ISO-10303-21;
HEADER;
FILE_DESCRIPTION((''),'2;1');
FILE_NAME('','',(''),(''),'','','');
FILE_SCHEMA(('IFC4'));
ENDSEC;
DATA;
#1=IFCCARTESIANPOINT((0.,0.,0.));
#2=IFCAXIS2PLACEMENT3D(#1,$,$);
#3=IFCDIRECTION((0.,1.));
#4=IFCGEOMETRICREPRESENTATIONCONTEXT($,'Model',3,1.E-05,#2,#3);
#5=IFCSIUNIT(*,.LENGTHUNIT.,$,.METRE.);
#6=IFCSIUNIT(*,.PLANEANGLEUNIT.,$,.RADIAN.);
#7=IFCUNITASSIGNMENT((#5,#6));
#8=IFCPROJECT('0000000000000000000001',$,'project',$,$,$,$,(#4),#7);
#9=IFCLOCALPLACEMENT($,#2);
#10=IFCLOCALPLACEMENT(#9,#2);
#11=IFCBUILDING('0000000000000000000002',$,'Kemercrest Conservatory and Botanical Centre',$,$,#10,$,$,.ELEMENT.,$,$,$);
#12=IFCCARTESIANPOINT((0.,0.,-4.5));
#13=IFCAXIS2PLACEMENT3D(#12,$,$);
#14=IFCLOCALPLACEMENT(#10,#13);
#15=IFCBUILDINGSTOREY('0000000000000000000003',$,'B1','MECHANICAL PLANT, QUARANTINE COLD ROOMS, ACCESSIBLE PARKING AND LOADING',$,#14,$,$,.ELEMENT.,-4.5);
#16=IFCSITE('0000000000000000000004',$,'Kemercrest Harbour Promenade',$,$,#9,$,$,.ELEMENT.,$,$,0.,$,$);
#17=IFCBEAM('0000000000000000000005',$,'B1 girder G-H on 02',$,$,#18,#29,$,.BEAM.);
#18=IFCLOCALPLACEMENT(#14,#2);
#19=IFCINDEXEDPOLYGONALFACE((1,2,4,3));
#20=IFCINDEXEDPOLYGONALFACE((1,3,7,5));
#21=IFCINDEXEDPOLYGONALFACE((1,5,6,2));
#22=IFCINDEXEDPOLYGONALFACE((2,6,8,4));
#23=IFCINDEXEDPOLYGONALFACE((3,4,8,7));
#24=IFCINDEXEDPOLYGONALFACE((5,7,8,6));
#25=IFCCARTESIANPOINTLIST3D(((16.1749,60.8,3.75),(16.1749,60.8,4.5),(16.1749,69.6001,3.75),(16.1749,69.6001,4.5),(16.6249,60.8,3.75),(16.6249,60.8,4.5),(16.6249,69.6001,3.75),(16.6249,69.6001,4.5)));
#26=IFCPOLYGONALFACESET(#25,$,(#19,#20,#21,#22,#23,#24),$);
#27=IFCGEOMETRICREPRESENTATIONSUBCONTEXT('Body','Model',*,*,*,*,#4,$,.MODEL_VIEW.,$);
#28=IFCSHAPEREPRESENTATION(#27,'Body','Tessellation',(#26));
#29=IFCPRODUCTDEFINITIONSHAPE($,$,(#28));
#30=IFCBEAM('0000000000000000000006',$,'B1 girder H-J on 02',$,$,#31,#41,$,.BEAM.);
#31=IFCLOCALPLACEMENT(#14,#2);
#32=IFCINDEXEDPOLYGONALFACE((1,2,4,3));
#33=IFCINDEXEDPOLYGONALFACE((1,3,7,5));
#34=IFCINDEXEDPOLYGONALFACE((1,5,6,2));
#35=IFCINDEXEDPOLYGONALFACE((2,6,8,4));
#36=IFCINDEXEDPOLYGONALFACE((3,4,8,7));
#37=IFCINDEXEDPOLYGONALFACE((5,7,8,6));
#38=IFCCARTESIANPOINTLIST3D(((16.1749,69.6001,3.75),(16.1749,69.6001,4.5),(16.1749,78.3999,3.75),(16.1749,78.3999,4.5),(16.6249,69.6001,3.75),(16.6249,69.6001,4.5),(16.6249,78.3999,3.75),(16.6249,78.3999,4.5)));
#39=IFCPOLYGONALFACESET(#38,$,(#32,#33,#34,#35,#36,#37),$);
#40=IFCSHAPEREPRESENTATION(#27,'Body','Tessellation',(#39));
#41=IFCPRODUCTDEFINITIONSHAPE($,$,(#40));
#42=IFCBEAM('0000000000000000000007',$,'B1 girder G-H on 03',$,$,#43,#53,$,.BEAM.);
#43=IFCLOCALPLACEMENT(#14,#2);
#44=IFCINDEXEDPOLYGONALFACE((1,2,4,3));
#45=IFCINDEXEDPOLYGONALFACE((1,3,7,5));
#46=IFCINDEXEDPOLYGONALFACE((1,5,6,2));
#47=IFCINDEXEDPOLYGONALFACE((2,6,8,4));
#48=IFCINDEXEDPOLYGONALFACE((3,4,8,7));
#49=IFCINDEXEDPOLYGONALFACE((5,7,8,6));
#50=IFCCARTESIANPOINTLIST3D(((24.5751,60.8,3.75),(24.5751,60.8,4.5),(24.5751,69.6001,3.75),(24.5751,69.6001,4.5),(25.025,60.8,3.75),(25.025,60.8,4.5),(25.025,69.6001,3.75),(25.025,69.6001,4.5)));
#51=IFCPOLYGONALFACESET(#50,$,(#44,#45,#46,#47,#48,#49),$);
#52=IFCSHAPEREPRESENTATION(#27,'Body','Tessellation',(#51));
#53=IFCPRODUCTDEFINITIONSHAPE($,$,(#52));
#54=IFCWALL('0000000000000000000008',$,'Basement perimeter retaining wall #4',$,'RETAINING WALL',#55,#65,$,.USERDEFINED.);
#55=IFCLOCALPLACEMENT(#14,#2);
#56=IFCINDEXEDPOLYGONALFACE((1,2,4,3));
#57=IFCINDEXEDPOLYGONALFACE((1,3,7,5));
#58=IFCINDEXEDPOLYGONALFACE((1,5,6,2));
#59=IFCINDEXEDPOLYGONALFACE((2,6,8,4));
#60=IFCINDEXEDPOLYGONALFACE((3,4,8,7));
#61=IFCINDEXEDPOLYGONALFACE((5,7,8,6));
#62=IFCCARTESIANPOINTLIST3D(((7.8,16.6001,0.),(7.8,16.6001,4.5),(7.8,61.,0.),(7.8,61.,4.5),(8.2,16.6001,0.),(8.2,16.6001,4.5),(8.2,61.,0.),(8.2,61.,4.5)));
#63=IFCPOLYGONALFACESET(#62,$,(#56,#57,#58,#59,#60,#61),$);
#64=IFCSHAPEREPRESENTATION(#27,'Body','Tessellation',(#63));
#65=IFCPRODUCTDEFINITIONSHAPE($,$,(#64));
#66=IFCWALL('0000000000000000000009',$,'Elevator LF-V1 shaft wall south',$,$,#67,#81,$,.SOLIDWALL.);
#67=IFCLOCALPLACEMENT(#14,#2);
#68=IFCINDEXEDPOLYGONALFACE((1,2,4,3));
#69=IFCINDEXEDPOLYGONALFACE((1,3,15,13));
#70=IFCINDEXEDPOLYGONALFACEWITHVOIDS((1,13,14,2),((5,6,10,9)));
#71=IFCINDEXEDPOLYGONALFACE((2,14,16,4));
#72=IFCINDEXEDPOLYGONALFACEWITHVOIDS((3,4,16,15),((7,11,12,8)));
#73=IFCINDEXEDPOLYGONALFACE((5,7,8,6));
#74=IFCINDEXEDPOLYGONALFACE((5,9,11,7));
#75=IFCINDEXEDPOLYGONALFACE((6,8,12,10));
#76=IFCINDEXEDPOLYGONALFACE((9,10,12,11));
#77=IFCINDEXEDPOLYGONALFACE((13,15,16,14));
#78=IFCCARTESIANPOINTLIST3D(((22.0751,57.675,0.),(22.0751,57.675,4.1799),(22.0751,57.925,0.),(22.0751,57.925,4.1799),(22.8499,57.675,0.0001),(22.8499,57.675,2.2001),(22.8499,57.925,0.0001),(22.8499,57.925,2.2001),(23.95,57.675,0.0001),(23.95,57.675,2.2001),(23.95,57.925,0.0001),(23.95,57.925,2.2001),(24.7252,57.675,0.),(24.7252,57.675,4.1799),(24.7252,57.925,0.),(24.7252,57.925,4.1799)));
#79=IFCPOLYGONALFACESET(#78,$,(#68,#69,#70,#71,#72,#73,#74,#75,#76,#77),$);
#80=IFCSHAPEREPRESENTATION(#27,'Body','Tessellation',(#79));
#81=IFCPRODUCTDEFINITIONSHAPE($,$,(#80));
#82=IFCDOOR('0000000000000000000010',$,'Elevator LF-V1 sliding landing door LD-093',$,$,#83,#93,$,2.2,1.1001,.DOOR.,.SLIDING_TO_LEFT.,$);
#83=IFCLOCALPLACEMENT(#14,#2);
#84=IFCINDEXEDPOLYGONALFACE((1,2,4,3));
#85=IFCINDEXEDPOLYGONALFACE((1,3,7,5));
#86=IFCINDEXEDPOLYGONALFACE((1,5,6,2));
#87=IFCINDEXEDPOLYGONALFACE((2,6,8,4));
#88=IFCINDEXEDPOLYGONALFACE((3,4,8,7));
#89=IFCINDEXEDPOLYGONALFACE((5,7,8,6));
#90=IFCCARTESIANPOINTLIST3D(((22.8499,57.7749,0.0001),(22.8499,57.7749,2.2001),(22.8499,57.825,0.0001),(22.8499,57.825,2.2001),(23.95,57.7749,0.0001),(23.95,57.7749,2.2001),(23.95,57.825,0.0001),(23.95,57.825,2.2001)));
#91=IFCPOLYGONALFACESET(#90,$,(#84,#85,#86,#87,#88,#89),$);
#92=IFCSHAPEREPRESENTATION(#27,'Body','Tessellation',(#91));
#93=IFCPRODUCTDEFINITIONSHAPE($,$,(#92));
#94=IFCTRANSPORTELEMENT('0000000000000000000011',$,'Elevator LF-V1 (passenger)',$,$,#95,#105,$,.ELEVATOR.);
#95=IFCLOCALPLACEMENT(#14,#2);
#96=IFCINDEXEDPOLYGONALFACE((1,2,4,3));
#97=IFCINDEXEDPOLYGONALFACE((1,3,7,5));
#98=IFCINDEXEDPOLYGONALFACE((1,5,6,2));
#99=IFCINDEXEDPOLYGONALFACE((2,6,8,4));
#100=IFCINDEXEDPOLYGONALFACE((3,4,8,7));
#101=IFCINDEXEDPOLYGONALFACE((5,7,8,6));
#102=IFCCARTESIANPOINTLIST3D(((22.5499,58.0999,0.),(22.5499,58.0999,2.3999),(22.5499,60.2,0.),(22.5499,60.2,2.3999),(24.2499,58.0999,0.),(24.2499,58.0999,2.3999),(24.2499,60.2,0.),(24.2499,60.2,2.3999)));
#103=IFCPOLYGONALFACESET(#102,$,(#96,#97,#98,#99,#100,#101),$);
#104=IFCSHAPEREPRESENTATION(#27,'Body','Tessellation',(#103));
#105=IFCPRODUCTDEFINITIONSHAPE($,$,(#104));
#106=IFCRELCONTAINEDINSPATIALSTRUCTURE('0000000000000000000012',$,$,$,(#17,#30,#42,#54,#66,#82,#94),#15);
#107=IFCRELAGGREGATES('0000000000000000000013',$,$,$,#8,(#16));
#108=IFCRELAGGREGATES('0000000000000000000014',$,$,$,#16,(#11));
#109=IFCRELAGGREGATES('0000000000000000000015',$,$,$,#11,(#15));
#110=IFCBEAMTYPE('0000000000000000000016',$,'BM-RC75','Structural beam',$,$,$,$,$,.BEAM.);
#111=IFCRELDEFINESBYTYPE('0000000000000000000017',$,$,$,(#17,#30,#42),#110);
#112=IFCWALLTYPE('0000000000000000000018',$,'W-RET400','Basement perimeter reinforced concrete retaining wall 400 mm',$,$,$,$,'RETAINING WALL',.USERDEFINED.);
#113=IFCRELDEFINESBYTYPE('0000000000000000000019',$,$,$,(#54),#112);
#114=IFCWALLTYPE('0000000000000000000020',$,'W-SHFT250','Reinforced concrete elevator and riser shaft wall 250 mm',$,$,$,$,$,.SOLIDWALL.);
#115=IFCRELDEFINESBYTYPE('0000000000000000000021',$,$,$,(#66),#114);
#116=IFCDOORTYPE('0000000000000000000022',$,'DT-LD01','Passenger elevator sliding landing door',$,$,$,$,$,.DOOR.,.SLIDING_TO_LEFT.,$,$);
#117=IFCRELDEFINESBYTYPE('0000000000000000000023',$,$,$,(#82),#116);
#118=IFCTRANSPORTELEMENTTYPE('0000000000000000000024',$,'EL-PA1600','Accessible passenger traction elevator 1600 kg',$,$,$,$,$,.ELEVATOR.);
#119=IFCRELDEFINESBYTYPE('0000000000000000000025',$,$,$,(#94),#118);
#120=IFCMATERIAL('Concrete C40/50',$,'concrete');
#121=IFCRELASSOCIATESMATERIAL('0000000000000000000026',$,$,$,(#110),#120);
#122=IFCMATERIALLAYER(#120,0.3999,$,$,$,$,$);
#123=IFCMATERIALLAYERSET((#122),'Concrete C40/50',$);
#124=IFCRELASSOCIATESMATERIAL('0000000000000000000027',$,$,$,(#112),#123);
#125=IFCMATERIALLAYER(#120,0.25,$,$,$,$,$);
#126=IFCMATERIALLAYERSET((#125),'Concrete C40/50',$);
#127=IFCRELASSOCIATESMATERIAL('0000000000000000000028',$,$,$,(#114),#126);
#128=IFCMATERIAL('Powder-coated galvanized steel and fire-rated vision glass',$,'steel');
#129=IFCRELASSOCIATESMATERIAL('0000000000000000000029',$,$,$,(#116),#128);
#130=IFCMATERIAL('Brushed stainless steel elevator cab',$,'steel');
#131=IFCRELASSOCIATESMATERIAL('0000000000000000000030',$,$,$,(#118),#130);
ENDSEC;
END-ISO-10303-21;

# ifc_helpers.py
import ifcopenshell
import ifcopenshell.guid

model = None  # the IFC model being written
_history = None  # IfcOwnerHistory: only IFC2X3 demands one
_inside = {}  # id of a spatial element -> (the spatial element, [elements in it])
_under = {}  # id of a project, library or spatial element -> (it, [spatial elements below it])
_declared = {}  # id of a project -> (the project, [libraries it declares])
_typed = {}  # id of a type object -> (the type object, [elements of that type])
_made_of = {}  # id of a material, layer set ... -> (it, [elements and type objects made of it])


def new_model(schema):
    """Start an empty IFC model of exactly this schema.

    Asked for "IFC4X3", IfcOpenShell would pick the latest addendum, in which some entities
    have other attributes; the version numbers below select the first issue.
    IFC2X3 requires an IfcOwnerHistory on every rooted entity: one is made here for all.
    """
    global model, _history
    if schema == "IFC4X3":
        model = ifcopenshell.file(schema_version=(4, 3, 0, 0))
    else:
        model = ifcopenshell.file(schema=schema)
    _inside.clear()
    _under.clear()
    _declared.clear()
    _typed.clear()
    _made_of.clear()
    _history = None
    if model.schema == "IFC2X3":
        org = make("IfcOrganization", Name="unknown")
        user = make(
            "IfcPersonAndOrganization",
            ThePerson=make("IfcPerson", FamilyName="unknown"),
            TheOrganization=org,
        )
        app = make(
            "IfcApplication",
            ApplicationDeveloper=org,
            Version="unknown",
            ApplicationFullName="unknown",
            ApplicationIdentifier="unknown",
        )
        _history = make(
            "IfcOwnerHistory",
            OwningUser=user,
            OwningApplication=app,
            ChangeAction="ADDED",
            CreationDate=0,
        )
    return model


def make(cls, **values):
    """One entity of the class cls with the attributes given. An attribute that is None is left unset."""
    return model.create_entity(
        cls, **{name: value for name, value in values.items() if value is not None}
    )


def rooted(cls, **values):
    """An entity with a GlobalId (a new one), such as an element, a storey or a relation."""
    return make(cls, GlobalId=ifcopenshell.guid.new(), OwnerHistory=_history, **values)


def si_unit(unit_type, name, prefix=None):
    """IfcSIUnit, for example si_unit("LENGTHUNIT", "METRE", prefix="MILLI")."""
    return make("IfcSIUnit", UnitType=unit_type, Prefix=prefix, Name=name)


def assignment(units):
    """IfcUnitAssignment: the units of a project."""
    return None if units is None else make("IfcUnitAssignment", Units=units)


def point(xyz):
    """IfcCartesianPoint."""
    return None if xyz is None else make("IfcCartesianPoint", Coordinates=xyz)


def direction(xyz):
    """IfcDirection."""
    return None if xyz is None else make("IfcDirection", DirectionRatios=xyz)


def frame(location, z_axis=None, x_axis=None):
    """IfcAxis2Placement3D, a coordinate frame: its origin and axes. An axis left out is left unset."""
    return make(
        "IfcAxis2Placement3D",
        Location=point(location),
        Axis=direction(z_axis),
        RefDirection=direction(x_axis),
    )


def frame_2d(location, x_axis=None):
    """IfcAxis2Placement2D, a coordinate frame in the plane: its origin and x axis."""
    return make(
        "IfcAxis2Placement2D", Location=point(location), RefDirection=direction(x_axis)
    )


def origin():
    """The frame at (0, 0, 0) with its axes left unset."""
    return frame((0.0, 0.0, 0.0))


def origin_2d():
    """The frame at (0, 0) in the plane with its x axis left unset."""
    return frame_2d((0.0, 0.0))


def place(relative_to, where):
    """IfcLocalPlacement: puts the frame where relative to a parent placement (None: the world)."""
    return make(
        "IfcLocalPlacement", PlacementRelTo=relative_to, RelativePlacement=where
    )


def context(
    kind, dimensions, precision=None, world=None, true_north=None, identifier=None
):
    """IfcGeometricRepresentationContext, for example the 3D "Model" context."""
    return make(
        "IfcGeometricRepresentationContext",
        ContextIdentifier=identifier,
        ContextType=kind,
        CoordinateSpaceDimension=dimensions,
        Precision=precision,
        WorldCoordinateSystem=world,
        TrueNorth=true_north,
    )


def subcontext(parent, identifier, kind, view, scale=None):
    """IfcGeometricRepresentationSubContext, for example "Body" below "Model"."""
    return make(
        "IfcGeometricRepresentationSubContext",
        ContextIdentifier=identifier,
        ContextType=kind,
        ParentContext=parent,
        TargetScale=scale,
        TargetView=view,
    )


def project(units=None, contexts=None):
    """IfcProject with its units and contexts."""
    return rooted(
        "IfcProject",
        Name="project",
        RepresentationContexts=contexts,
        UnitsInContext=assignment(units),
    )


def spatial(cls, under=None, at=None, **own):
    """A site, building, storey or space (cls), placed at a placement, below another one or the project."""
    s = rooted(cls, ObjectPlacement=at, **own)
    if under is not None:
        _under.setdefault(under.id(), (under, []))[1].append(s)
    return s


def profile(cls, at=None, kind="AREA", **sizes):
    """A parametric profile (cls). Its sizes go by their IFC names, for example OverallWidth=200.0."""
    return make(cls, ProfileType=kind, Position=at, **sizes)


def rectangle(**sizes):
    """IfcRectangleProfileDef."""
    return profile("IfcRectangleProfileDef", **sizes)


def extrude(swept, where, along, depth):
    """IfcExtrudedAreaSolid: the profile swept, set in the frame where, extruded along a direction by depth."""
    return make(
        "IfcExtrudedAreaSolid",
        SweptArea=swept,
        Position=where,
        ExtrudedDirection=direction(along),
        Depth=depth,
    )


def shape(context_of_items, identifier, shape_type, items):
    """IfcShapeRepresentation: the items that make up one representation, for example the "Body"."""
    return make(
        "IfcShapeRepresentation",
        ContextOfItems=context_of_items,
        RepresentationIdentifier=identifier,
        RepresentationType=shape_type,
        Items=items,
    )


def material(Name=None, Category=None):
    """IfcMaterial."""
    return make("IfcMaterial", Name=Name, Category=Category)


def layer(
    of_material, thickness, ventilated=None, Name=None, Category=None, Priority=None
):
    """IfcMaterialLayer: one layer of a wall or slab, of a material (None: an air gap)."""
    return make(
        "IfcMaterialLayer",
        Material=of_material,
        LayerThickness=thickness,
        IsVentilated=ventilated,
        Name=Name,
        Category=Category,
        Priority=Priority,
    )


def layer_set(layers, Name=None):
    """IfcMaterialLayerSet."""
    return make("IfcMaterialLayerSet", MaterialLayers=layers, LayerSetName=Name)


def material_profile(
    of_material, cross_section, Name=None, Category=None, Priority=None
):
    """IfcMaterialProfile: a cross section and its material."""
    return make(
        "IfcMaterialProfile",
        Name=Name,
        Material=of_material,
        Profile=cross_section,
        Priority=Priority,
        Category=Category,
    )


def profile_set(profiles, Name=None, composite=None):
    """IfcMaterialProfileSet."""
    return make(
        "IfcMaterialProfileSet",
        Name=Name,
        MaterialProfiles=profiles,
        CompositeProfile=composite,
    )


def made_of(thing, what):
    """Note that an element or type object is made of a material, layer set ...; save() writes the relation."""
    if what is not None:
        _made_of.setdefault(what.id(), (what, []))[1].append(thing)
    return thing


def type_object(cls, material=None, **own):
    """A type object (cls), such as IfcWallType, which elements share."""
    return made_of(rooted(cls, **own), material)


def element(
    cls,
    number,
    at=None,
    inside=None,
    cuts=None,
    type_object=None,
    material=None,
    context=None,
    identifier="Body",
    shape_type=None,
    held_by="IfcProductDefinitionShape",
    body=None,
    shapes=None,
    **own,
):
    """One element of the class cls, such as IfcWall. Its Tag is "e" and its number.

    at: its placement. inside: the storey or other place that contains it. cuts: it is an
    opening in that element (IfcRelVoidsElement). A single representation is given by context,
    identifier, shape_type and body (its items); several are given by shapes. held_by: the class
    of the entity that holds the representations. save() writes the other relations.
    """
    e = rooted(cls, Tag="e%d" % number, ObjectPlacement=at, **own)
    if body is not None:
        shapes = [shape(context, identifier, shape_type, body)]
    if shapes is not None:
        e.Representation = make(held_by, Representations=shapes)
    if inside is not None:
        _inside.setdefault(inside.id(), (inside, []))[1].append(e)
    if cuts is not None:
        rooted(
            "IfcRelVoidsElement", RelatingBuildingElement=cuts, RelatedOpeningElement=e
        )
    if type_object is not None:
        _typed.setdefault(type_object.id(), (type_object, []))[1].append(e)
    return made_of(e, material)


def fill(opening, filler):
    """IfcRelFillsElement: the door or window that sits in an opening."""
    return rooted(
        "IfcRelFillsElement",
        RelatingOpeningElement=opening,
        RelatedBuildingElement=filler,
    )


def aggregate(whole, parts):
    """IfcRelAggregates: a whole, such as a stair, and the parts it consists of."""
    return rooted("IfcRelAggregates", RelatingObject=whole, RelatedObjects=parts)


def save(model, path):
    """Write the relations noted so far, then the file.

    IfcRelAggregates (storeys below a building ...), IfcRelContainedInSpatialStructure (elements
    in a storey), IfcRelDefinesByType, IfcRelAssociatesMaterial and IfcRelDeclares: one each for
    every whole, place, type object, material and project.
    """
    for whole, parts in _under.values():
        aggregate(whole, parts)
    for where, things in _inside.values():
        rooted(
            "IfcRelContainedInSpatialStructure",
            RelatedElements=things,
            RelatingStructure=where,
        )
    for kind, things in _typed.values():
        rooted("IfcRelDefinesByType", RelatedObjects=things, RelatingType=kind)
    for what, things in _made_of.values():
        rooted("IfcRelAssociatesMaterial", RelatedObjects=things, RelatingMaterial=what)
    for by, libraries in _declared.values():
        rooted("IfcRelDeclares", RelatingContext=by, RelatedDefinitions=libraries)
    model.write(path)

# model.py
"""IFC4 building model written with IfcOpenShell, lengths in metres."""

from ifc_helpers import new_model, si_unit, direction, frame, frame_2d, origin, origin_2d, place, context, subcontext, project, spatial, rectangle, extrude, material, layer, layer_set, material_profile, profile_set, type_object, element, fill, save


model = new_model("IFC4")

# Units and contexts
model_context = context("Model", 3, precision=1e-05, world=origin(), true_north=direction((0.0, 1.0)))
body_context = subcontext(model_context, "Body", "Model", "MODEL_VIEW")
ifc_project = project(units=[si_unit("LENGTHUNIT", "METRE"), si_unit("PLANEANGLEUNIT", "RADIAN")], contexts=[model_context])

# Site, building, storey
site_placement = place(None, origin())
site = spatial("IfcSite", under=ifc_project, at=site_placement, Name="Kemercrest Harbour Promenade", CompositionType="ELEMENT", RefElevation=0.0)
building_placement = place(site_placement, origin())
building = spatial("IfcBuilding", under=site, at=building_placement, Name="Kemercrest Conservatory and Botanical Centre", CompositionType="ELEMENT")
storey_placement = place(building_placement, frame((0.0, 0.0, -4.5)))
storey = spatial("IfcBuildingStorey", under=building, at=storey_placement, Name="B1", Description="MECHANICAL PLANT, QUARANTINE COLD ROOMS, ACCESSIBLE PARKING AND LOADING", CompositionType="ELEMENT", Elevation=-4.5)

# Shared definitions
ifc_material_1 = material(Name="Concrete C40/50", Category="concrete")

# Beams
ifc_material_profile_1 = material_profile(ifc_material_1, rectangle(XDim=0.45, YDim=0.75, at=origin_2d()), Name="RC 450x750")
ifc_profile_set_1 = profile_set([ifc_material_profile_1], Name="Concrete C40/50")
beam_type = type_object("IfcBeamType", Name="BM-RC75", Description="Structural beam", PredefinedType="BEAM", material=ifc_profile_set_1)
beam_1_placement = place(storey_placement, frame((16.3999, 60.8, 4.125), z_axis=(0.0, 1.0, 0.0), x_axis=(-1.0, 0.0, 0.0)))
element("IfcBeam", 1, at=beam_1_placement, inside=storey, type_object=beam_type, Name="B1 girder G-H on 02", PredefinedType="BEAM", context=body_context, shape_type="SweptSolid", body=[
    extrude(rectangle(XDim=0.45, YDim=0.75, at=origin_2d()), origin(), (0.0, 0.0, 1.0), 8.8),
])
beam_2_placement = place(storey_placement, frame((16.3999, 69.6001, 4.125), z_axis=(0.0, 1.0, 0.0), x_axis=(-1.0, 0.0, 0.0)))
element("IfcBeam", 2, at=beam_2_placement, inside=storey, type_object=beam_type, Name="B1 girder H-J on 02", PredefinedType="BEAM", context=body_context, shape_type="SweptSolid", body=[
    extrude(rectangle(XDim=0.45, YDim=0.75, at=origin_2d()), origin(), (0.0, 0.0, 1.0), 8.7998),
])
beam_3_placement = place(storey_placement, frame((24.8, 60.8, 4.125), z_axis=(0.0, 1.0, 0.0), x_axis=(-1.0, 0.0, 0.0)))
element("IfcBeam", 3, at=beam_3_placement, inside=storey, type_object=beam_type, Name="B1 girder G-H on 03", PredefinedType="BEAM", context=body_context, shape_type="SweptSolid", body=[
    extrude(rectangle(XDim=0.45, YDim=0.75, at=origin_2d()), origin(), (0.0, 0.0, 1.0), 8.8),
])

# Wall
ifc_layer_1 = layer(ifc_material_1, 0.3999)
ifc_layer_set_1 = layer_set([ifc_layer_1], Name="Concrete C40/50")
wall_type_1 = type_object("IfcWallType", Name="W-RET400", Description="Basement perimeter reinforced concrete retaining wall 400 mm", ElementType="RETAINING WALL", PredefinedType="USERDEFINED", material=ifc_layer_set_1)
wall_1_placement = place(storey_placement, frame((8.0, 61.0, 0.0), z_axis=(0.0, 0.0, 1.0), x_axis=(0.0, -1.0, 0.0)))
element("IfcWall", 4, at=wall_1_placement, inside=storey, type_object=wall_type_1, Name="Basement perimeter retaining wall #4", ObjectType="RETAINING WALL", PredefinedType="USERDEFINED", context=body_context, shape_type="SweptSolid", body=[
    extrude(rectangle(XDim=44.3999, YDim=0.3999, at=frame_2d((22.2, 0.0))), origin(), (0.0, 0.0, 1.0), 4.5),
])

# Wall, opening, door
ifc_layer_2 = layer(ifc_material_1, 0.25)
ifc_layer_set_2 = layer_set([ifc_layer_2], Name="Concrete C40/50")
wall_type_2 = type_object("IfcWallType", Name="W-SHFT250", Description="Reinforced concrete elevator and riser shaft wall 250 mm", PredefinedType="SOLIDWALL", material=ifc_layer_set_2)
wall_2_placement = place(storey_placement, frame((22.075, 57.8, 0.0), z_axis=(0.0, 0.0, 1.0), x_axis=(1.0, 0.0, 0.0)))
wall_2 = element("IfcWall", 5, at=wall_2_placement, inside=storey, type_object=wall_type_2, Name="Elevator LF-V1 shaft wall south", PredefinedType="SOLIDWALL", context=body_context, shape_type="SweptSolid", body=[
    extrude(rectangle(XDim=2.6501, YDim=0.25, at=frame_2d((1.3252, 0.0))), origin(), (0.0, 0.0, 1.0), 4.1799),
])
opening_placement = place(wall_2_placement, frame((0.7749, 0.0, 0.0)))
opening = element("IfcOpeningElement", 6, at=opening_placement, cuts=wall_2, PredefinedType="OPENING", context=body_context, shape_type="SweptSolid", body=[
    extrude(rectangle(XDim=1.1001, YDim=2.2, at=frame_2d((0.55, 1.1001))), frame((0.0, 0.135, 0.0), z_axis=(0.0, -1.0, 0.0), x_axis=(1.0, 0.0, 0.0)), (0.0, 0.0, 1.0), 0.27),
])
ifc_material_2 = material(Name="Powder-coated galvanized steel and fire-rated vision glass", Category="steel")
door_type = type_object("IfcDoorType", Name="DT-LD01", Description="Passenger elevator sliding landing door", OperationType="SLIDING_TO_LEFT", PredefinedType="DOOR", material=ifc_material_2)
door_placement = place(opening_placement, origin())
door = element("IfcDoor", 7, at=door_placement, inside=storey, type_object=door_type, Name="Elevator LF-V1 sliding landing door LD-093", OperationType="SLIDING_TO_LEFT", OverallHeight=2.2, OverallWidth=1.1001, PredefinedType="DOOR", context=body_context, shape_type="SweptSolid", body=[
    extrude(rectangle(XDim=1.1001, YDim=2.2, at=frame_2d((0.55, 1.1001))), frame((0.0, 0.0249, 0.0), z_axis=(0.0, -1.0, 0.0), x_axis=(1.0, 0.0, 0.0)), (0.0, 0.0, 1.0), 0.05),
])
fill(opening, door)

# Transport element
ifc_material_3 = material(Name="Brushed stainless steel elevator cab", Category="steel")
transport_element_type = type_object("IfcTransportElementType", Name="EL-PA1600", Description="Accessible passenger traction elevator 1600 kg", PredefinedType="ELEVATOR", material=ifc_material_3)
transport_element_placement = place(storey_placement, frame((23.3999, 59.1499, 0.0), z_axis=(0.0, 0.0, 1.0), x_axis=(1.0, 0.0, 0.0)))
element("IfcTransportElement", 8, at=transport_element_placement, inside=storey, type_object=transport_element_type, Name="Elevator LF-V1 (passenger)", PredefinedType="ELEVATOR", context=body_context, shape_type="SweptSolid", body=[
    extrude(rectangle(XDim=1.7, YDim=2.1001, at=origin_2d()), origin(), (0.0, 0.0, 1.0), 2.3999),
])

save(model, "model.ifc")
